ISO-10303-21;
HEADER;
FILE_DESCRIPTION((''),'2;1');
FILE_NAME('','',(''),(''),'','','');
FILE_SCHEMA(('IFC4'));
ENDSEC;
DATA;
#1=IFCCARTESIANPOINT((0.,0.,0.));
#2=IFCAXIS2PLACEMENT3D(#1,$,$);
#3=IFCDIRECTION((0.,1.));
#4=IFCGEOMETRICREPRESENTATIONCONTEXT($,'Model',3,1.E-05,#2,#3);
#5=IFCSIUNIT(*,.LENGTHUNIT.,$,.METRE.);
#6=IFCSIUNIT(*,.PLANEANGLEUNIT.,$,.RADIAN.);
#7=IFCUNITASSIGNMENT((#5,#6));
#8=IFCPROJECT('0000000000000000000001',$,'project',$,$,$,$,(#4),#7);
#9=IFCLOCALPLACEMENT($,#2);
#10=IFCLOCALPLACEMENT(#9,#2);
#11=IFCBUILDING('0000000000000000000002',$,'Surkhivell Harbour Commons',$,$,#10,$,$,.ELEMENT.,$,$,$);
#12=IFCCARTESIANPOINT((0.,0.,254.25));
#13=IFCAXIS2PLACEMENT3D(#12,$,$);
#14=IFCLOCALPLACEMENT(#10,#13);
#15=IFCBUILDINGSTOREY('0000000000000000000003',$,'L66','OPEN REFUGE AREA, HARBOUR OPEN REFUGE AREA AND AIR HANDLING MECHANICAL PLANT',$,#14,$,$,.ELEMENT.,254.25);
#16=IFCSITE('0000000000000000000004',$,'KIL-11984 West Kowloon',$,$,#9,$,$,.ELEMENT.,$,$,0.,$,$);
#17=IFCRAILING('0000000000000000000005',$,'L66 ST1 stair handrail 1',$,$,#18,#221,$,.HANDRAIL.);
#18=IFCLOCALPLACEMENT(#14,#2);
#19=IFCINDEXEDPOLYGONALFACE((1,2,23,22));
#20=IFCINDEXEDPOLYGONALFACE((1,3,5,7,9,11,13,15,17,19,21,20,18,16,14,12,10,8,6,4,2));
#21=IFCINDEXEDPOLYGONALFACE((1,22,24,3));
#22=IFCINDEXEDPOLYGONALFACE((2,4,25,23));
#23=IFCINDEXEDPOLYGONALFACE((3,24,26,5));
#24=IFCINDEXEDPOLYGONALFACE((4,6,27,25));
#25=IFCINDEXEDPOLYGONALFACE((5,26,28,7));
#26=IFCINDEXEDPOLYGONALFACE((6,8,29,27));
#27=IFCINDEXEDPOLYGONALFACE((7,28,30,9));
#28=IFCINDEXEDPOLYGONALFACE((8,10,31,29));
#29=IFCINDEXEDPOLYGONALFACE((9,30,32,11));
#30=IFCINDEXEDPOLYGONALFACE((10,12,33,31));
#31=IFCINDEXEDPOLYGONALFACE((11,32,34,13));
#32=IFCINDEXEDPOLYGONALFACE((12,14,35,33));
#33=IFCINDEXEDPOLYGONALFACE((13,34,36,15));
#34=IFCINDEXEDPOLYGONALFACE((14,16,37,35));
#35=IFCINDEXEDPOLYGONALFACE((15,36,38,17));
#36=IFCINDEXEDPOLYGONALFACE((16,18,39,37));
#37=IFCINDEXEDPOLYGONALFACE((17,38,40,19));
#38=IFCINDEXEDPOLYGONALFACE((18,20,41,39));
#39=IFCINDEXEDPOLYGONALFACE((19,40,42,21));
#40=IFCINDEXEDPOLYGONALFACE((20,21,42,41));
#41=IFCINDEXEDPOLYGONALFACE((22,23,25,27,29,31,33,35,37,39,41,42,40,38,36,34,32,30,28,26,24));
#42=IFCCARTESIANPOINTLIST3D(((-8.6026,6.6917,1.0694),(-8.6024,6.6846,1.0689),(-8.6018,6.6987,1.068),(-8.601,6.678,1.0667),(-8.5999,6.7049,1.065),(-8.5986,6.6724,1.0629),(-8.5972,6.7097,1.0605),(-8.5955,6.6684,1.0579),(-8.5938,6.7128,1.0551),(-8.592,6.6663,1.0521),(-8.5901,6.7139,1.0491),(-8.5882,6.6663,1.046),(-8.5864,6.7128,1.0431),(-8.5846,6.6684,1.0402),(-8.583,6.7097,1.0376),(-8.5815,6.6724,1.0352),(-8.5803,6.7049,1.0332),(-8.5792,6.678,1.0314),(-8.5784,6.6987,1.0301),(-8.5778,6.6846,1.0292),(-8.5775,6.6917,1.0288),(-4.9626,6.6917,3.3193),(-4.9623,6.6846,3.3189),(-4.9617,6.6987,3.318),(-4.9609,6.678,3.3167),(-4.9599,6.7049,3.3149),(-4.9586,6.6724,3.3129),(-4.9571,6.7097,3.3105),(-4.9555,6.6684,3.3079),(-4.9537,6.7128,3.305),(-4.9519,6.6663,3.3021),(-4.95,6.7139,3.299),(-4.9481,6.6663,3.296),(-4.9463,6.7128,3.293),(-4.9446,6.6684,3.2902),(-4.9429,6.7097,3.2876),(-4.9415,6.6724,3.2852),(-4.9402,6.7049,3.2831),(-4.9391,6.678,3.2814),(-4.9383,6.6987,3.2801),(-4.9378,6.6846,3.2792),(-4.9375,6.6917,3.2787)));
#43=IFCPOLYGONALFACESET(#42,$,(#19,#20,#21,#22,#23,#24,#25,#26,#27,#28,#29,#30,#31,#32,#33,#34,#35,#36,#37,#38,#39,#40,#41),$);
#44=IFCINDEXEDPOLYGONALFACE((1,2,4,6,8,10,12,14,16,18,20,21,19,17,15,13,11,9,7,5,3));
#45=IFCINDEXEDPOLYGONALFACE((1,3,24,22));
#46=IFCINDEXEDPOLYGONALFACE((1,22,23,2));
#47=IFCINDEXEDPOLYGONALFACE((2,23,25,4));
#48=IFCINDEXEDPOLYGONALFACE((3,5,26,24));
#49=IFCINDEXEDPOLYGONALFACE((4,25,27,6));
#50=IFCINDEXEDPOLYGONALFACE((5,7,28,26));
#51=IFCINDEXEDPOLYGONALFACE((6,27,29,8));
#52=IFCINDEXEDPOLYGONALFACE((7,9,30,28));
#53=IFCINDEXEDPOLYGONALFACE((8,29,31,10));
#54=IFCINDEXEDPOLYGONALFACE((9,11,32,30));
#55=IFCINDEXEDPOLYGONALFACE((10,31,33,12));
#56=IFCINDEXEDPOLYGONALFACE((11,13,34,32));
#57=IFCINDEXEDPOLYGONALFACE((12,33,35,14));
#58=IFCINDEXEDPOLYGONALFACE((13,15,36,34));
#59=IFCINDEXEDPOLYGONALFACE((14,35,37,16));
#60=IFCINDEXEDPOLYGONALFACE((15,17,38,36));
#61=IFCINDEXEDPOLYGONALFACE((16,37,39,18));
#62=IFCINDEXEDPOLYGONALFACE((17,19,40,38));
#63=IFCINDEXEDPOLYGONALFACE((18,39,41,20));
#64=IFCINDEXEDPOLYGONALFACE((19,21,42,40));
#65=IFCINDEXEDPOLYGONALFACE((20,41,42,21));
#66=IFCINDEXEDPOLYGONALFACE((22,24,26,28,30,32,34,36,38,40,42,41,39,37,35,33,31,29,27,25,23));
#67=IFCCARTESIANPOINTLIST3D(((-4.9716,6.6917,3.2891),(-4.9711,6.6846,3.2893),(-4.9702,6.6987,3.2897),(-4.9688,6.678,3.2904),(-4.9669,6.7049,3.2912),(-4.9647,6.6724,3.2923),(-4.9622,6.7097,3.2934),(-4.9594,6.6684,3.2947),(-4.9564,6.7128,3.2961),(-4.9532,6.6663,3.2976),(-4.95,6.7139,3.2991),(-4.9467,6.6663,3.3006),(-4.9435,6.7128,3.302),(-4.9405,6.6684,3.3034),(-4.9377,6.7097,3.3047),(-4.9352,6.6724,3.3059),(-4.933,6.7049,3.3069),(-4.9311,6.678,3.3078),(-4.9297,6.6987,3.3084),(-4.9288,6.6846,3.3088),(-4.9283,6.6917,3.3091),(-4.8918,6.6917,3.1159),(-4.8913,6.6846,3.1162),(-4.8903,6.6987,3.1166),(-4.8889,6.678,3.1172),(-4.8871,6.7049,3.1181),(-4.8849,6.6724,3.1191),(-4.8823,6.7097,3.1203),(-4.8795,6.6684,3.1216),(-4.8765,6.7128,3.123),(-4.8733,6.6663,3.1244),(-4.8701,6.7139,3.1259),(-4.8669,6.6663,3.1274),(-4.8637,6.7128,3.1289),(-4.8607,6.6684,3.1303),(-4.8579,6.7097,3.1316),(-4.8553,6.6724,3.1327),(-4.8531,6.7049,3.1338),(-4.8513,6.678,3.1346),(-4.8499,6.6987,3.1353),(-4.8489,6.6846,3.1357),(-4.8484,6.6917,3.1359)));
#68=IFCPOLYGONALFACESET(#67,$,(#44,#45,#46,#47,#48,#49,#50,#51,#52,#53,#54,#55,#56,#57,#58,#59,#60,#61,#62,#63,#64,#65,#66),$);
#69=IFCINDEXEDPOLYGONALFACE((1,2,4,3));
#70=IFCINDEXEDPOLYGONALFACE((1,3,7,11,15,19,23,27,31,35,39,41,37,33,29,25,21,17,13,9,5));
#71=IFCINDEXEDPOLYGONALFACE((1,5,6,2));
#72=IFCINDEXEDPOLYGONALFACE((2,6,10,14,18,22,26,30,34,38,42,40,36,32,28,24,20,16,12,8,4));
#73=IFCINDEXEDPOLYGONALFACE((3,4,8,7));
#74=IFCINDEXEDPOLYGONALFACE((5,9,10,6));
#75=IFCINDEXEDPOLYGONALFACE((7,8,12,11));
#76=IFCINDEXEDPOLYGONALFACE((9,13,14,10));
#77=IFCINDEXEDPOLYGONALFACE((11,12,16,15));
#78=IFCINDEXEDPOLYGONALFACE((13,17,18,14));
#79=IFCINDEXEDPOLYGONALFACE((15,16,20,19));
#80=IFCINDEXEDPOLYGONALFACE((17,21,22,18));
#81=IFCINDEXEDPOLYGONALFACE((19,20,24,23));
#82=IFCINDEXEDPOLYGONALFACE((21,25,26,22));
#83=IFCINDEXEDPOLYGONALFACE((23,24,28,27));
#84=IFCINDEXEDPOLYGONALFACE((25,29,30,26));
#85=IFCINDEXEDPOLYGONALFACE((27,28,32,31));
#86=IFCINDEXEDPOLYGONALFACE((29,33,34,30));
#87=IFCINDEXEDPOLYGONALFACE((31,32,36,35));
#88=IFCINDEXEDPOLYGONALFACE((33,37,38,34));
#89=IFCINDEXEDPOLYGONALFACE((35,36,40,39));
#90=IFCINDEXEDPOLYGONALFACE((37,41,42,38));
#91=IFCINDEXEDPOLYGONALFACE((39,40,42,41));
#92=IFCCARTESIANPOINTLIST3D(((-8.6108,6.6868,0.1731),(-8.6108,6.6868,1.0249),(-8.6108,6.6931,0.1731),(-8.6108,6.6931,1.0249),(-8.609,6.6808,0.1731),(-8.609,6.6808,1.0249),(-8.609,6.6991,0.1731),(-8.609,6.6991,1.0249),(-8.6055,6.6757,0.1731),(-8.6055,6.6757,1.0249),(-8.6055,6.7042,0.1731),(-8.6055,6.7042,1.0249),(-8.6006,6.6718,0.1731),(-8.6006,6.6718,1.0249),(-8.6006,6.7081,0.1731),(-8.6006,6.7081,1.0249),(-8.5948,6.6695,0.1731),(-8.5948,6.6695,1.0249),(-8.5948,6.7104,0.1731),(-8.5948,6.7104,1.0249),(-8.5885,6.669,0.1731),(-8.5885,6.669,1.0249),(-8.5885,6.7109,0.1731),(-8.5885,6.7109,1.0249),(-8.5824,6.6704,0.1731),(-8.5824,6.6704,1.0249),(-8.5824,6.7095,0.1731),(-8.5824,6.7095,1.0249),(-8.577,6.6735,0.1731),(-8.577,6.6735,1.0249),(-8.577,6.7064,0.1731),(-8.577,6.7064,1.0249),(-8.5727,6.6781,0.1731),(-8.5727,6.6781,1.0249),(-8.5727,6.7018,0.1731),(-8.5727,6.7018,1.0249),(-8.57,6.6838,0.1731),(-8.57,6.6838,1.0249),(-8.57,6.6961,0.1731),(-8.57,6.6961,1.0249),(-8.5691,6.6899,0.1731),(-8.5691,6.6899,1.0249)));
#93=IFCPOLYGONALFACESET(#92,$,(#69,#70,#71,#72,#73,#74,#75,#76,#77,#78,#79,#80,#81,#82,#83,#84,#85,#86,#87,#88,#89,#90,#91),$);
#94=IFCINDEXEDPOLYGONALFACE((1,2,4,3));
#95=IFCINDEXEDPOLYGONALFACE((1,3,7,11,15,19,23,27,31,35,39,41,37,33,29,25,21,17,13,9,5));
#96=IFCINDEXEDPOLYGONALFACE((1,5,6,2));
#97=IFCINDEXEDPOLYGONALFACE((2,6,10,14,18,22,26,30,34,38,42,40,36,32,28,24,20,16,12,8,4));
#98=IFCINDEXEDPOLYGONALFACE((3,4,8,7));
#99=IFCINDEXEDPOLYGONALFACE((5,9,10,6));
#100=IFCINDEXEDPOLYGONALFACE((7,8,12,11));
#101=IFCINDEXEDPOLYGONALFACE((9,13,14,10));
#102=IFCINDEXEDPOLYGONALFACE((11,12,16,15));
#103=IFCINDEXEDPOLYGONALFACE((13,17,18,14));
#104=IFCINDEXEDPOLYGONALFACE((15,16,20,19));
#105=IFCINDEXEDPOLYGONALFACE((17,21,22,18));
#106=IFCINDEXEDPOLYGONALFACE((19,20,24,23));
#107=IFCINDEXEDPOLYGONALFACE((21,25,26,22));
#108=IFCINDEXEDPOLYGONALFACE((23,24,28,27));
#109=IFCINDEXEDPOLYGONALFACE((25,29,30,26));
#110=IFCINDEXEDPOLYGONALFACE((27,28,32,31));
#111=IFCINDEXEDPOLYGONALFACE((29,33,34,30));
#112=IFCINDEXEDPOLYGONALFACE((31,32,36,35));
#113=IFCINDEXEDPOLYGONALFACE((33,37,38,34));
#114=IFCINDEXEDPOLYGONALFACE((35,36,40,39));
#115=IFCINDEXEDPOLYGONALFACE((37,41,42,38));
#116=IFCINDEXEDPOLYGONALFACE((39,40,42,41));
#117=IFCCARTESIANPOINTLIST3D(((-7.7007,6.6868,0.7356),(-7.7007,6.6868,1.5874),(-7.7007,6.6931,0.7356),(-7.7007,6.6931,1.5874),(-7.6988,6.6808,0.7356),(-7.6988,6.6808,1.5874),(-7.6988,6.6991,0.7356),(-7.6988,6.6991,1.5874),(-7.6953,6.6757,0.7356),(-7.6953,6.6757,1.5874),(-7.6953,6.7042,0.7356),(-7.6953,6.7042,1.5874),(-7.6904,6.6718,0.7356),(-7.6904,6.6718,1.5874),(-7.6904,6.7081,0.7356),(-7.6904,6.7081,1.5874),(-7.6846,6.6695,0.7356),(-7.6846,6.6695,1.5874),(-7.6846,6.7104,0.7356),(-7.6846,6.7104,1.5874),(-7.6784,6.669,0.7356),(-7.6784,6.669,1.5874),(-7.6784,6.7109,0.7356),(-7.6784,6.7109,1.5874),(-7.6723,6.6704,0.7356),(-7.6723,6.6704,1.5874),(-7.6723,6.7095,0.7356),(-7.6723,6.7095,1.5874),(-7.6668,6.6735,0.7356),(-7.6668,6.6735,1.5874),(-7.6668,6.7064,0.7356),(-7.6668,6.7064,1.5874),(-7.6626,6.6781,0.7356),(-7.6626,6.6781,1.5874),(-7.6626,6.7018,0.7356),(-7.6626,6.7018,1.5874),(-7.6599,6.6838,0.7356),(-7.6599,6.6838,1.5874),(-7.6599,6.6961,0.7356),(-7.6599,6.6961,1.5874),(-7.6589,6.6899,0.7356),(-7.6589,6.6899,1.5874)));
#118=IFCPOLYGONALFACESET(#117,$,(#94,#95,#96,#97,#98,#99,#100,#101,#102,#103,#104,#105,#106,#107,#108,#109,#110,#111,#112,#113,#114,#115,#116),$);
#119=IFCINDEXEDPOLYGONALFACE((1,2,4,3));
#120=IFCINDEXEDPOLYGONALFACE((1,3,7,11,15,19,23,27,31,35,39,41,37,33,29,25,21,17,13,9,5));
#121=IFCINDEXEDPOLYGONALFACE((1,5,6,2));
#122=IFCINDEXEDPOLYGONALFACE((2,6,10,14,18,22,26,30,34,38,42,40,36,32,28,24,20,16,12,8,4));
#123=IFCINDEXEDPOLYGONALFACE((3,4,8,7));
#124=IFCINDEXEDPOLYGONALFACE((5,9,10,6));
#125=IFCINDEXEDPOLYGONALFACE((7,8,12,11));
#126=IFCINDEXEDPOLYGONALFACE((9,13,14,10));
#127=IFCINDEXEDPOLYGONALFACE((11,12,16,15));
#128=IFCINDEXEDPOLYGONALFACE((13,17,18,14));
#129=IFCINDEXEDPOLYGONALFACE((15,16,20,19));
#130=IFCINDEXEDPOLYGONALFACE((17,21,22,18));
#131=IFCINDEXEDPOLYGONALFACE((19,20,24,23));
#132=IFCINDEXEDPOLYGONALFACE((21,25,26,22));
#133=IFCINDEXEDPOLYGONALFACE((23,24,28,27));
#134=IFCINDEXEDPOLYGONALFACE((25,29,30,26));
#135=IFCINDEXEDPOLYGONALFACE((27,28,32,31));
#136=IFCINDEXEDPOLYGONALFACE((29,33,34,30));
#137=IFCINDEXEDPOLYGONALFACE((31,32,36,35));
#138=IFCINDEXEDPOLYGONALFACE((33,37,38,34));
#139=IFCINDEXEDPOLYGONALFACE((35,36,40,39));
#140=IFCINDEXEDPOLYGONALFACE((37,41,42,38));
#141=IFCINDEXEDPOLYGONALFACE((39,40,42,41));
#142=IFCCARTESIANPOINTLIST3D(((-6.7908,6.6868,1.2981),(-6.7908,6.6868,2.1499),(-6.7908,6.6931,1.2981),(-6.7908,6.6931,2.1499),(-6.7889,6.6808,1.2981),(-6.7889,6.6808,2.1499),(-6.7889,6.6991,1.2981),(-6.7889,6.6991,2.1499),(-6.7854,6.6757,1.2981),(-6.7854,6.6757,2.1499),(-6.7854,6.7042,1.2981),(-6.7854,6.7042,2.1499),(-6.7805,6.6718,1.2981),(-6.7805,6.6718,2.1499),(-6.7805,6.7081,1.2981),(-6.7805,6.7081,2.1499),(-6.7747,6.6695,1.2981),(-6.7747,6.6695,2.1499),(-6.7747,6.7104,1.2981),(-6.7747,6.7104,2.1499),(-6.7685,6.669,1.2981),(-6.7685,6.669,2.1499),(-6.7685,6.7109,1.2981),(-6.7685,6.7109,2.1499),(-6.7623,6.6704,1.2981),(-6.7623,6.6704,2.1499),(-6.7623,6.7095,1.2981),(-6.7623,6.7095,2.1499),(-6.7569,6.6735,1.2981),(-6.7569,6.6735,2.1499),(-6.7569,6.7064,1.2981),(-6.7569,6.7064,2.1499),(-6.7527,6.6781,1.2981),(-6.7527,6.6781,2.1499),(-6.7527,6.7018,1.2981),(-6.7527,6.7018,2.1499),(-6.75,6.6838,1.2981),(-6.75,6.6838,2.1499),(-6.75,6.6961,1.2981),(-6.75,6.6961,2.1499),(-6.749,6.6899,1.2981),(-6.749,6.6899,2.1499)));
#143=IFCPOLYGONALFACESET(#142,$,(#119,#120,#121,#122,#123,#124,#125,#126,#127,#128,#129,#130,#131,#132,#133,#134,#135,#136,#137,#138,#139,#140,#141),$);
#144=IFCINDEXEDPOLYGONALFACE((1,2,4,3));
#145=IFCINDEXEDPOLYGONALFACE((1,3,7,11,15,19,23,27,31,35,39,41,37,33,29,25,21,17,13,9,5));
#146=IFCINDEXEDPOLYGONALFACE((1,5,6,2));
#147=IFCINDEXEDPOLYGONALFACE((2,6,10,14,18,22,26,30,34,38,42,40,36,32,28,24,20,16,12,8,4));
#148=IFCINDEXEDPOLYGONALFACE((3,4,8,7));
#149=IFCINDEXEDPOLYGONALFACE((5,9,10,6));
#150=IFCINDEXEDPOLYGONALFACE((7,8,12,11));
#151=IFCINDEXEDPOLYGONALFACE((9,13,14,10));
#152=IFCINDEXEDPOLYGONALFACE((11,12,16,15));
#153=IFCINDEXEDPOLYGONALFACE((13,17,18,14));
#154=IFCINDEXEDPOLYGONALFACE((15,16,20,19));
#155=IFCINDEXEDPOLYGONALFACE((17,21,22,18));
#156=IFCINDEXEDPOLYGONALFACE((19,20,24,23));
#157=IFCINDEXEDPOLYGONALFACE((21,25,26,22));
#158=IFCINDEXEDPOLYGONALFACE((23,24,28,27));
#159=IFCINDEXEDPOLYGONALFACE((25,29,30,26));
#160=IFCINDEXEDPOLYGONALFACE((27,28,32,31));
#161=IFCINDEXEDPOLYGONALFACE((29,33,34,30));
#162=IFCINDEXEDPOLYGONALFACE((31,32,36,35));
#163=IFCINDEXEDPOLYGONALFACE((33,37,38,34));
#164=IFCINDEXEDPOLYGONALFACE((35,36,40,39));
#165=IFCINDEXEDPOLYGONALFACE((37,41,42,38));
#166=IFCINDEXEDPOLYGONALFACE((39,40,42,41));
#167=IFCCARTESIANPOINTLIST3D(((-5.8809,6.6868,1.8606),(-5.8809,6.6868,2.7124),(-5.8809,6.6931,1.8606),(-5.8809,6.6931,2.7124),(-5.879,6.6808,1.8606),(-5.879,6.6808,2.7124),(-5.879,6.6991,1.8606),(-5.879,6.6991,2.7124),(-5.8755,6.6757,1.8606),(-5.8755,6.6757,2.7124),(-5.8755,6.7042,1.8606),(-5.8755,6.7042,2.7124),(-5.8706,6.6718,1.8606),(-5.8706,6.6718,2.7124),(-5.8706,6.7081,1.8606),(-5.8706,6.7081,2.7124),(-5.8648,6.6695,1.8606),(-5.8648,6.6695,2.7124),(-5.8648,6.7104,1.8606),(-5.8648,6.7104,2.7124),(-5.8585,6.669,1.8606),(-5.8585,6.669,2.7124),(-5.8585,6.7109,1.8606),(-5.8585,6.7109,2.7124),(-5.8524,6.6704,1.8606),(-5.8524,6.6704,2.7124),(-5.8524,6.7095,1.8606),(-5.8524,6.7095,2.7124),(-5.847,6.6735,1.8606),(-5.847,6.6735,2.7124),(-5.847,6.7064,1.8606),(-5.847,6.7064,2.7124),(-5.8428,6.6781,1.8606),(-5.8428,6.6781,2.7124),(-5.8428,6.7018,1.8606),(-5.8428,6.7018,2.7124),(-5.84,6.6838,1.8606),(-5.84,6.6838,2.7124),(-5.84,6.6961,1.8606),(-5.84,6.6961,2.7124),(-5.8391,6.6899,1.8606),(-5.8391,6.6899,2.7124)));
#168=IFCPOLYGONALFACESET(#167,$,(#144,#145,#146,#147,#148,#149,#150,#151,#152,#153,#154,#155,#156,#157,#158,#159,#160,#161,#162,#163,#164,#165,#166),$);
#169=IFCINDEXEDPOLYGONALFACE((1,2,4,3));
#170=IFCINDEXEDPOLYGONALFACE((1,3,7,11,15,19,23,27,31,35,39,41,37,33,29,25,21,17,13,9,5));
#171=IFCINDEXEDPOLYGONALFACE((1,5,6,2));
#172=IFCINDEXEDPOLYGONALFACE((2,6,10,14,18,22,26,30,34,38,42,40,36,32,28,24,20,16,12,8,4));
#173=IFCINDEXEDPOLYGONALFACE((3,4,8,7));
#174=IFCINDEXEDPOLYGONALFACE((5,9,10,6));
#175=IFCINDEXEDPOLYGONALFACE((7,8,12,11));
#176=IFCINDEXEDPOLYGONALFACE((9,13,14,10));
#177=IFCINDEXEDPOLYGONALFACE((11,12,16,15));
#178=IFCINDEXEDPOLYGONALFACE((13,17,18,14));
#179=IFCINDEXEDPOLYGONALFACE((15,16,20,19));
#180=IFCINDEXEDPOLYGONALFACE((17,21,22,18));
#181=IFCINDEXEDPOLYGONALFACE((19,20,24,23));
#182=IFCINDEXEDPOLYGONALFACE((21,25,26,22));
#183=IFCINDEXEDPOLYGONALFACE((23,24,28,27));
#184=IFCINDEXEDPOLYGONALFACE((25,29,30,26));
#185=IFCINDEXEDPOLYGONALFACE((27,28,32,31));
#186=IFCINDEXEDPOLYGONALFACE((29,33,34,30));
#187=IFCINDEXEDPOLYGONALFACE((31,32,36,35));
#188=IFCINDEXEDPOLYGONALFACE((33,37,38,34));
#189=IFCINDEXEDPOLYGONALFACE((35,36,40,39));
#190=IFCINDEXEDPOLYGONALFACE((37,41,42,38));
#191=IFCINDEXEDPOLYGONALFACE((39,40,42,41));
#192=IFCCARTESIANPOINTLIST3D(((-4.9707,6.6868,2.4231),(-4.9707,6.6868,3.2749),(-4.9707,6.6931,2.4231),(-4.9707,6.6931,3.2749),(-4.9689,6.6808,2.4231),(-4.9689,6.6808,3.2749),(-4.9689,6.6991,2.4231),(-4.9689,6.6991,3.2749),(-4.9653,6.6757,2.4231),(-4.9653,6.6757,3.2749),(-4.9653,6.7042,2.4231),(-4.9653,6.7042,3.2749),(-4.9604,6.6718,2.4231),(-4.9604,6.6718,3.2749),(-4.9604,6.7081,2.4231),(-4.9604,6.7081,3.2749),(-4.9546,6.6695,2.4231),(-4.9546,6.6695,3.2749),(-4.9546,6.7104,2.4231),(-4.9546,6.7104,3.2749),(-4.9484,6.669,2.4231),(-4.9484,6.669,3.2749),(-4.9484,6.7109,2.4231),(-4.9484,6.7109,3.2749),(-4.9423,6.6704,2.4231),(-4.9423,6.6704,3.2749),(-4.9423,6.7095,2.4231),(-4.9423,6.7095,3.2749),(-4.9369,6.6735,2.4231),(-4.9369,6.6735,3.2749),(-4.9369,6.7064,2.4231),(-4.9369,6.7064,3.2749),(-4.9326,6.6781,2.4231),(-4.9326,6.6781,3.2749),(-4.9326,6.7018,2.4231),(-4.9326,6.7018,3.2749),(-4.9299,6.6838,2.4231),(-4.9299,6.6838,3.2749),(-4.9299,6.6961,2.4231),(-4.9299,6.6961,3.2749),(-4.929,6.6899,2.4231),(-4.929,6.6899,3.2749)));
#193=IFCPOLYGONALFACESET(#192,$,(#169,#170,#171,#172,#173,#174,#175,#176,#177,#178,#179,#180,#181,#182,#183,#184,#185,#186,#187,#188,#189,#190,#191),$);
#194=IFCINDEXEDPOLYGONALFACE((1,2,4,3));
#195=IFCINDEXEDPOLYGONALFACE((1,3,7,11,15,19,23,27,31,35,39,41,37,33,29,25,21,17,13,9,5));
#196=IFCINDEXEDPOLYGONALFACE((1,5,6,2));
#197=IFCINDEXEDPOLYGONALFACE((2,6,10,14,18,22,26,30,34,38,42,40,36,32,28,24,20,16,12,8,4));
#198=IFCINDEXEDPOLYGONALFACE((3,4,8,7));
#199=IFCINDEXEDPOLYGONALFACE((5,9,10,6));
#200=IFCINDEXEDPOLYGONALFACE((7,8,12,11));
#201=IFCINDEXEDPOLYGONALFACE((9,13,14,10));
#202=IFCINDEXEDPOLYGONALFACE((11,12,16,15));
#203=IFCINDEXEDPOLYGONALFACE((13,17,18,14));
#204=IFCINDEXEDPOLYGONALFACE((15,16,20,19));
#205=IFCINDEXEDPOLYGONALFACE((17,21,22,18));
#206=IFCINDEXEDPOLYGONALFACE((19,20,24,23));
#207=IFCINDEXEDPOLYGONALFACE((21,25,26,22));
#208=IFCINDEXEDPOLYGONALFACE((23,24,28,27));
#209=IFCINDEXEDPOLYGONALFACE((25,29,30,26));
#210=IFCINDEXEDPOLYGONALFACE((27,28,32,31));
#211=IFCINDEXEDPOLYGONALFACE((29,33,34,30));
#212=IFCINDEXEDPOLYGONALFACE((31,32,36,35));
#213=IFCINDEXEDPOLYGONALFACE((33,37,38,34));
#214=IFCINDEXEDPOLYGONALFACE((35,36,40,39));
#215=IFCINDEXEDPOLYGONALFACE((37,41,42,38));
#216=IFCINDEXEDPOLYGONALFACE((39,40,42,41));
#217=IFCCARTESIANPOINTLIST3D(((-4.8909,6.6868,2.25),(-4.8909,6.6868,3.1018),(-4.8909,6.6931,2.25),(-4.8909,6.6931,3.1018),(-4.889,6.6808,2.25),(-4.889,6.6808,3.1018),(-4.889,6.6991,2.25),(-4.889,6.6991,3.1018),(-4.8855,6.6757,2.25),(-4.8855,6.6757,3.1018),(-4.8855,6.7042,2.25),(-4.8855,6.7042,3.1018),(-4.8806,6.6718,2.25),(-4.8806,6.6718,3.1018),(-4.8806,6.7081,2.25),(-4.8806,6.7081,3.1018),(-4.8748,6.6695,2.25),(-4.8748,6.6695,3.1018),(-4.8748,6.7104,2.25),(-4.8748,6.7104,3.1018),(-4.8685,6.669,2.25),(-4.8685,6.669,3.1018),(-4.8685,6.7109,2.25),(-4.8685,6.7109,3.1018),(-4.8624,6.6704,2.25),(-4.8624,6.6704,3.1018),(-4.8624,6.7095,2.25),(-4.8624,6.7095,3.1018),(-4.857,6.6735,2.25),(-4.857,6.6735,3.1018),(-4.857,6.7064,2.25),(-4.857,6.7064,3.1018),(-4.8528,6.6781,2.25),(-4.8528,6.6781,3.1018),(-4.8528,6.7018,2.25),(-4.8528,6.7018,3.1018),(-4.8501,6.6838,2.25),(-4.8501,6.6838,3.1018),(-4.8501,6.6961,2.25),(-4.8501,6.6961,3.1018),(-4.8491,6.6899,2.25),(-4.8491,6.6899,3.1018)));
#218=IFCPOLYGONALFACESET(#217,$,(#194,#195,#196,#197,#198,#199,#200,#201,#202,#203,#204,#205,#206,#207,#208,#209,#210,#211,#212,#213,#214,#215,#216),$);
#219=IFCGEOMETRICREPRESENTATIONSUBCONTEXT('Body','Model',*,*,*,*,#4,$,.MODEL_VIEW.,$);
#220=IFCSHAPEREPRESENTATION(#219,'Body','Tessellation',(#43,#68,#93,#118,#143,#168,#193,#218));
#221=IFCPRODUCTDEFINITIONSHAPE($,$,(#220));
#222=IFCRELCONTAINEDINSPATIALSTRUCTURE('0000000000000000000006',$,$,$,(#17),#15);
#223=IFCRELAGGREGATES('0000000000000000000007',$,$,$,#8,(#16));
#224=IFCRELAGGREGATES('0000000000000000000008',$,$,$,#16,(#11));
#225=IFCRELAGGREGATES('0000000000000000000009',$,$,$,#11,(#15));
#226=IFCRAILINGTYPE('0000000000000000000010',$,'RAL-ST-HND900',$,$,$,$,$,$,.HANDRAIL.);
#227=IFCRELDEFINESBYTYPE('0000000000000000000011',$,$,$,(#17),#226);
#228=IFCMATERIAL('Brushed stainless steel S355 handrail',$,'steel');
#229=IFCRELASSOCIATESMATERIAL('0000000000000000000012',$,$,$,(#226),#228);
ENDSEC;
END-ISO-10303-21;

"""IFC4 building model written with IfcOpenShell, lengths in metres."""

from ifc_helpers import new_model, si_unit, direction, frame, origin, origin_2d, place, context, subcontext, project, spatial, circle, extrude, material, type_object, element, save


model = new_model("IFC4")

# Units and contexts
model_context = context("Model", 3, precision=1e-05, world=origin(), true_north=direction((0.0, 1.0)))
body_context = subcontext(model_context, "Body", "Model", "MODEL_VIEW")
ifc_project = project(units=[si_unit("LENGTHUNIT", "METRE"), si_unit("PLANEANGLEUNIT", "RADIAN")], contexts=[model_context])

# Site, building, storey
site_placement = place(None, origin())
site = spatial("IfcSite", under=ifc_project, at=site_placement, Name="KIL-11984 West Kowloon", CompositionType="ELEMENT", RefElevation=0.0)
building_placement = place(site_placement, origin())
building = spatial("IfcBuilding", under=site, at=building_placement, Name="Surkhivell Harbour Commons", CompositionType="ELEMENT")
storey_placement = place(building_placement, frame((0.0, 0.0, 254.25)))
storey = spatial("IfcBuildingStorey", under=building, at=storey_placement, Name="L66", Description="OPEN REFUGE AREA, HARBOUR OPEN REFUGE AREA AND AIR HANDLING MECHANICAL PLANT", CompositionType="ELEMENT", Elevation=254.25)

# Railing
ifc_material_1 = material(Name="Brushed stainless steel S355 handrail", Category="steel")
railing_type_1 = type_object("IfcRailingType", Name="RAL-ST-HND900", PredefinedType="HANDRAIL", material=ifc_material_1)
railing_1_placement = place(storey_placement, frame((-8.5901, 6.6899, 0.1731)))
element("IfcRailing", 1, at=railing_1_placement, inside=storey, type_object=railing_type_1, Name="L66 ST1 stair handrail 1", PredefinedType="HANDRAIL", context=body_context, shape_type="SweptSolid", body=[
    extrude(circle(Radius=0.0239, at=origin_2d()), frame((0.0, 0.0, 0.876), z_axis=(0.850622, 0.0, 0.525777), x_axis=(0.0, 1.0, 0.0)), (0.0, 0.0, 1.0), 4.2793),
    extrude(circle(Radius=0.0239, at=origin_2d()), frame((3.6401, 0.0, 3.126), z_axis=(0.418815, 0.0, -0.908072), x_axis=(0.0, 1.0, 0.0)), (0.0, 0.0, 1.0), 0.1907),
    extrude(circle(Radius=0.021, at=origin_2d()), origin(), (0.0, 0.0, 1.0), 0.8518),
    extrude(circle(Radius=0.021, at=origin_2d()), frame((0.9102, 0.0, 0.5625)), (0.0, 0.0, 1.0), 0.8518),
    extrude(circle(Radius=0.021, at=origin_2d()), frame((1.8201, 0.0, 1.125)), (0.0, 0.0, 1.0), 0.8518),
    extrude(circle(Radius=0.021, at=origin_2d()), frame((2.73, 0.0, 1.6875)), (0.0, 0.0, 1.0), 0.8518),
    extrude(circle(Radius=0.021, at=origin_2d()), frame((3.6401, 0.0, 2.25)), (0.0, 0.0, 1.0), 0.8518),
    extrude(circle(Radius=0.021, at=origin_2d()), frame((3.72, 0.0, 2.0769)), (0.0, 0.0, 1.0), 0.8518),
])

save(model, "model.ifc")
